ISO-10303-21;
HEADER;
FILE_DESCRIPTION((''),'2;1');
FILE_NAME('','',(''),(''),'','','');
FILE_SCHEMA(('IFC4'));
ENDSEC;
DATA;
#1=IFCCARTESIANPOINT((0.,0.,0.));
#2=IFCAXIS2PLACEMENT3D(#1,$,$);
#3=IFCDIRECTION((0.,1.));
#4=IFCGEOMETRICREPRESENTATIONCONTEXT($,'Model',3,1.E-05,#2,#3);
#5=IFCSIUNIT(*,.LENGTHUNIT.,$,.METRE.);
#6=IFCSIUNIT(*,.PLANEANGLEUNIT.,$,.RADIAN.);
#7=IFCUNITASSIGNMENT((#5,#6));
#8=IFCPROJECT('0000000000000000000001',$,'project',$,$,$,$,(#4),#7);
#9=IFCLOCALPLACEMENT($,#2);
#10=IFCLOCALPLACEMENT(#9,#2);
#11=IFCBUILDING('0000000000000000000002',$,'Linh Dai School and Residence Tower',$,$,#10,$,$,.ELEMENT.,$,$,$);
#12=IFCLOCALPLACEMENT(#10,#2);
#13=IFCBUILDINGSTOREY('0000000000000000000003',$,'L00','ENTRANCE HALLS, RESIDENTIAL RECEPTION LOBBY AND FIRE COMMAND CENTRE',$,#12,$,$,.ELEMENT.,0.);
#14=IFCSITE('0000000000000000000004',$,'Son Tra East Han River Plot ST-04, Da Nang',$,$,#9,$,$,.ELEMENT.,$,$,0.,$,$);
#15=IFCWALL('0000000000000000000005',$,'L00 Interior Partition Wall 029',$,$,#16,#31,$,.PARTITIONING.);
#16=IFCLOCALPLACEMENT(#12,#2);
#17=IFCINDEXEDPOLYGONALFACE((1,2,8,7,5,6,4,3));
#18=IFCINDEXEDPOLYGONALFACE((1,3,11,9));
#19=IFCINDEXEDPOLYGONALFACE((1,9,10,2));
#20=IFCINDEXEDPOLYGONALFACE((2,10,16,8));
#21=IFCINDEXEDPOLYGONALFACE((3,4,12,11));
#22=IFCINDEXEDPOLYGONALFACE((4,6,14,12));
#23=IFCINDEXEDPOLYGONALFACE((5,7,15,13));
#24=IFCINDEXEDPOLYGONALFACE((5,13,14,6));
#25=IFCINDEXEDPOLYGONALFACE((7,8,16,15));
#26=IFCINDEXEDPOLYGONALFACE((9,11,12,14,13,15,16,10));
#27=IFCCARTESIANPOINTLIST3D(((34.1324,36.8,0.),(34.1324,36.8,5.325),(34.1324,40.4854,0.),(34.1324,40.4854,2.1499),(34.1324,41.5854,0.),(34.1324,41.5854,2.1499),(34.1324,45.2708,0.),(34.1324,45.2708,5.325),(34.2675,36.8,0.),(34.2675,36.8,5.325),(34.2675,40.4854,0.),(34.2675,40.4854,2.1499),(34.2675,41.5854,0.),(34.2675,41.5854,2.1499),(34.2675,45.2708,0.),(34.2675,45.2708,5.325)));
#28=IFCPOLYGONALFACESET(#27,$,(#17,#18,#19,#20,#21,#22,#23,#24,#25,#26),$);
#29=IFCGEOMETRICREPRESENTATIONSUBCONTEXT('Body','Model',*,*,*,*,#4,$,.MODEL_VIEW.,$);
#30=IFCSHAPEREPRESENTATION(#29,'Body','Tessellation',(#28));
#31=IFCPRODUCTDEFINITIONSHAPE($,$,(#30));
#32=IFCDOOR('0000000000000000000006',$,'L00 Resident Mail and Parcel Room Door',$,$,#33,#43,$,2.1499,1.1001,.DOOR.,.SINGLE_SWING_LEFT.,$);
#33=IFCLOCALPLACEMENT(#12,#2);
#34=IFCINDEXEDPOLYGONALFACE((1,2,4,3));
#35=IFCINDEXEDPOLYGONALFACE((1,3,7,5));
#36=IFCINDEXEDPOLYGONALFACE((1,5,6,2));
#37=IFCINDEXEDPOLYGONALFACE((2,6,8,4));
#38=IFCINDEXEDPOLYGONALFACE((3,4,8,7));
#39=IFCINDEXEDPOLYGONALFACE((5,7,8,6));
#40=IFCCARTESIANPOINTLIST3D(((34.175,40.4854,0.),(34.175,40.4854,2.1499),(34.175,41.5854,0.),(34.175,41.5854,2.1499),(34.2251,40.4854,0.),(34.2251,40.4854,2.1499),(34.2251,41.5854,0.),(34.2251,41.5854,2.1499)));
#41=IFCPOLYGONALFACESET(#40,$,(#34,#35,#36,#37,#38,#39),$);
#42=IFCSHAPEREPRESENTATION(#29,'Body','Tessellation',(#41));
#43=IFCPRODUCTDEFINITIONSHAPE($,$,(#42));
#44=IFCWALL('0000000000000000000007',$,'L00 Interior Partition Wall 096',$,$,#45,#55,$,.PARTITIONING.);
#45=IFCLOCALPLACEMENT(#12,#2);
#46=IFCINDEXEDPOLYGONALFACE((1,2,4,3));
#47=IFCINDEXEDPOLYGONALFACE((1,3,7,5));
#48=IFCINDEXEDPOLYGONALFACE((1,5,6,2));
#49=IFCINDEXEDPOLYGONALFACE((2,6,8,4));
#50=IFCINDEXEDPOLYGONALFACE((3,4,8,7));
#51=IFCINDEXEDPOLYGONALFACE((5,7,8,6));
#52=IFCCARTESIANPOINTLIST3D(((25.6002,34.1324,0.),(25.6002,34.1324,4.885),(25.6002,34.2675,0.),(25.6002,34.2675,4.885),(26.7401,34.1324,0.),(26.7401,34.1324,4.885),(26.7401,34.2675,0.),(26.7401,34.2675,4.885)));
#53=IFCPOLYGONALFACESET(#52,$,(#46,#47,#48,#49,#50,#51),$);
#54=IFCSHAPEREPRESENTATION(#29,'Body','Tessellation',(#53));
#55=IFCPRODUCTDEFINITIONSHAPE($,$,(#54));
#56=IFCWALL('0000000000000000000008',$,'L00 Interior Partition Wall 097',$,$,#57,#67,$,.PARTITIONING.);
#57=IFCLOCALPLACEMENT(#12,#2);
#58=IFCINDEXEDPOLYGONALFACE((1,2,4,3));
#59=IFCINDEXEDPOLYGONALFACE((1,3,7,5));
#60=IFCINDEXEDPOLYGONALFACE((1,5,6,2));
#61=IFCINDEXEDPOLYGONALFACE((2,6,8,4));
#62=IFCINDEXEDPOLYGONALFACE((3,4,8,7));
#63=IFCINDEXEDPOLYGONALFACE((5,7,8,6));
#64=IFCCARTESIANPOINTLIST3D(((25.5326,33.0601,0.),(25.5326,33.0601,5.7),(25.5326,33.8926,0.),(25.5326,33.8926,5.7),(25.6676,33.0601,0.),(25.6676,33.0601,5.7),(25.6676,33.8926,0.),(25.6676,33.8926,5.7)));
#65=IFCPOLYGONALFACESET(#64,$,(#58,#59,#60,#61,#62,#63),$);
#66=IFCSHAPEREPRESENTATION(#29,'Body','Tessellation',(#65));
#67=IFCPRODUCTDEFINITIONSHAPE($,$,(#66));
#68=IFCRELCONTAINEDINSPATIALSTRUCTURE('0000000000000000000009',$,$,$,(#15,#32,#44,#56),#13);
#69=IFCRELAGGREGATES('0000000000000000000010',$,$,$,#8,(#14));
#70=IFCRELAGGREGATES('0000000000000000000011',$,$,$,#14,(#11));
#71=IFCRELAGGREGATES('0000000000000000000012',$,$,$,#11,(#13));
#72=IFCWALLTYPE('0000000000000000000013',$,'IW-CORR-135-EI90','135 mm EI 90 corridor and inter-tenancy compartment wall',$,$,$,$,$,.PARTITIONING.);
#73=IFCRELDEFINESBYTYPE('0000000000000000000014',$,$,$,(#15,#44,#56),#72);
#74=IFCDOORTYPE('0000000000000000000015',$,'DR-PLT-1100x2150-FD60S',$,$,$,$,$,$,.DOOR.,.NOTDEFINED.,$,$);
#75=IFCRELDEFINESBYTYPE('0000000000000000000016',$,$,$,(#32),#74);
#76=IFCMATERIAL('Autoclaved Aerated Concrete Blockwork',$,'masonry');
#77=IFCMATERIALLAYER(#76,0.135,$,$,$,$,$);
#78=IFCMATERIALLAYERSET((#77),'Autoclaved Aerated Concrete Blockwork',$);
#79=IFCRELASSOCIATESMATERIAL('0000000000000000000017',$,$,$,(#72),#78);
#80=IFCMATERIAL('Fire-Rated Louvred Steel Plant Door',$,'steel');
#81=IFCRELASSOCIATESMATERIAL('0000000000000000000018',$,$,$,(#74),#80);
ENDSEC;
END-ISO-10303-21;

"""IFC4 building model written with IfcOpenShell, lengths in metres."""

from ifc_helpers import new_model, si_unit, direction, frame, frame_2d, origin, origin_2d, place, context, subcontext, project, spatial, rectangle, extrude, source, transform, mapped, material, layer, layer_set, type_object, element, fill, save


model = new_model("IFC4")

# Units and contexts
model_context = context("Model", 3, precision=1e-05, world=origin(), true_north=direction((0.0, 1.0)))
body_context = subcontext(model_context, "Body", "Model", "MODEL_VIEW")
ifc_project = project(units=[si_unit("LENGTHUNIT", "METRE"), si_unit("PLANEANGLEUNIT", "RADIAN")], contexts=[model_context])

# Site, building, storey
site_placement = place(None, origin())
site = spatial("IfcSite", under=ifc_project, at=site_placement, Name="Son Tra East Han River Plot ST-04, Da Nang", CompositionType="ELEMENT", RefElevation=0.0)
building_placement = place(site_placement, origin())
building = spatial("IfcBuilding", under=site, at=building_placement, Name="Linh Dai School and Residence Tower", CompositionType="ELEMENT")
storey_placement = place(building_placement, origin())
storey = spatial("IfcBuildingStorey", under=building, at=storey_placement, Name="L00", Description="ENTRANCE HALLS, RESIDENTIAL RECEPTION LOBBY AND FIRE COMMAND CENTRE", CompositionType="ELEMENT", Elevation=0.0)

# Shared definitions
ifc_material_1 = material(Name="Autoclaved Aerated Concrete Blockwork", Category="masonry")
ifc_layer_1 = layer(ifc_material_1, 0.135)
ifc_layer_set_1 = layer_set([ifc_layer_1], Name="Autoclaved Aerated Concrete Blockwork")
wall_type_1 = type_object("IfcWallType", Name="IW-CORR-135-EI90", Description="135 mm EI 90 corridor and inter-tenancy compartment wall", PredefinedType="PARTITIONING", material=ifc_layer_set_1)

# Wall, opening, door
wall_1_placement = place(storey_placement, frame((34.2, 36.8, 0.0), z_axis=(0.0, 0.0, 1.0), x_axis=(0.0, 1.0, 0.0)))
wall_1 = element("IfcWall", 1, at=wall_1_placement, inside=storey, type_object=wall_type_1, Name="L00 Interior Partition Wall 029", PredefinedType="PARTITIONING", context=body_context, shape_type="SweptSolid", body=[
    extrude(rectangle(XDim=8.4707, YDim=0.135, at=frame_2d((4.2354, 0.0))), origin(), (0.0, 0.0, 1.0), 5.325),
])
opening_1_placement = place(wall_1_placement, frame((3.6853, 0.0, 0.0)))
opening_1 = element("IfcOpeningElement", 2, at=opening_1_placement, cuts=wall_1, PredefinedType="OPENING", context=body_context, shape_type="SweptSolid", body=[
    extrude(rectangle(XDim=1.1001, YDim=2.1499, at=origin_2d()), frame((0.55, 0.0776, 1.075), z_axis=(0.0, -1.0, 0.0), x_axis=(1.0, 0.0, 0.0)), (0.0, 0.0, 1.0), 0.155),
])
ifc_material_2 = material(Name="Fire-Rated Louvred Steel Plant Door", Category="steel")
door_type_1 = type_object("IfcDoorType", Name="DR-PLT-1100x2150-FD60S", OperationType="NOTDEFINED", PredefinedType="DOOR", material=ifc_material_2)
shared_shape_1 = source(origin(), body_context, "Body", "SweptSolid", [
    extrude(rectangle(XDim=1.1001, YDim=2.1499, at=origin_2d()), frame((0.55, 0.0249, 1.075), z_axis=(0.0, -1.0, 0.0), x_axis=(1.0, 0.0, 0.0)), (0.0, 0.0, 1.0), 0.05),
])
door_1_placement = place(opening_1_placement, origin())
door_1 = element("IfcDoor", 3, at=door_1_placement, inside=storey, type_object=door_type_1, Name="L00 Resident Mail and Parcel Room Door", OperationType="SINGLE_SWING_LEFT", OverallHeight=2.1499, OverallWidth=1.1001, PredefinedType="DOOR", context=body_context, shape_type="MappedRepresentation", body=[
    mapped(shared_shape_1, transform((0.0, 0.0, 0.0), x_axis=(1.0, 0.0, 0.0), y_axis=(0.0, 1.0, 0.0), z_axis=(0.0, 0.0, 1.0), scale=1.0)),
])
fill(opening_1, door_1)

# Walls
wall_2_placement = place(storey_placement, frame((26.74, 34.2, 0.0), z_axis=(0.0, 0.0, 1.0), x_axis=(-1.0, 0.0, 0.0)))
element("IfcWall", 4, at=wall_2_placement, inside=storey, type_object=wall_type_1, Name="L00 Interior Partition Wall 096", PredefinedType="PARTITIONING", context=body_context, shape_type="SweptSolid", body=[
    extrude(rectangle(XDim=1.1399, YDim=0.135, at=frame_2d((0.5698, 0.0))), origin(), (0.0, 0.0, 1.0), 4.885),
])
wall_3_placement = place(storey_placement, frame((25.6001, 33.8926, 0.0), z_axis=(0.0, 0.0, 1.0), x_axis=(0.0, -1.0, 0.0)))
element("IfcWall", 5, at=wall_3_placement, inside=storey, type_object=wall_type_1, Name="L00 Interior Partition Wall 097", PredefinedType="PARTITIONING", context=body_context, shape_type="SweptSolid", body=[
    extrude(rectangle(XDim=0.8325, YDim=0.135, at=frame_2d((0.4163, 0.0))), origin(), (0.0, 0.0, 1.0), 5.7),
])

save(model, "model.ifc")
